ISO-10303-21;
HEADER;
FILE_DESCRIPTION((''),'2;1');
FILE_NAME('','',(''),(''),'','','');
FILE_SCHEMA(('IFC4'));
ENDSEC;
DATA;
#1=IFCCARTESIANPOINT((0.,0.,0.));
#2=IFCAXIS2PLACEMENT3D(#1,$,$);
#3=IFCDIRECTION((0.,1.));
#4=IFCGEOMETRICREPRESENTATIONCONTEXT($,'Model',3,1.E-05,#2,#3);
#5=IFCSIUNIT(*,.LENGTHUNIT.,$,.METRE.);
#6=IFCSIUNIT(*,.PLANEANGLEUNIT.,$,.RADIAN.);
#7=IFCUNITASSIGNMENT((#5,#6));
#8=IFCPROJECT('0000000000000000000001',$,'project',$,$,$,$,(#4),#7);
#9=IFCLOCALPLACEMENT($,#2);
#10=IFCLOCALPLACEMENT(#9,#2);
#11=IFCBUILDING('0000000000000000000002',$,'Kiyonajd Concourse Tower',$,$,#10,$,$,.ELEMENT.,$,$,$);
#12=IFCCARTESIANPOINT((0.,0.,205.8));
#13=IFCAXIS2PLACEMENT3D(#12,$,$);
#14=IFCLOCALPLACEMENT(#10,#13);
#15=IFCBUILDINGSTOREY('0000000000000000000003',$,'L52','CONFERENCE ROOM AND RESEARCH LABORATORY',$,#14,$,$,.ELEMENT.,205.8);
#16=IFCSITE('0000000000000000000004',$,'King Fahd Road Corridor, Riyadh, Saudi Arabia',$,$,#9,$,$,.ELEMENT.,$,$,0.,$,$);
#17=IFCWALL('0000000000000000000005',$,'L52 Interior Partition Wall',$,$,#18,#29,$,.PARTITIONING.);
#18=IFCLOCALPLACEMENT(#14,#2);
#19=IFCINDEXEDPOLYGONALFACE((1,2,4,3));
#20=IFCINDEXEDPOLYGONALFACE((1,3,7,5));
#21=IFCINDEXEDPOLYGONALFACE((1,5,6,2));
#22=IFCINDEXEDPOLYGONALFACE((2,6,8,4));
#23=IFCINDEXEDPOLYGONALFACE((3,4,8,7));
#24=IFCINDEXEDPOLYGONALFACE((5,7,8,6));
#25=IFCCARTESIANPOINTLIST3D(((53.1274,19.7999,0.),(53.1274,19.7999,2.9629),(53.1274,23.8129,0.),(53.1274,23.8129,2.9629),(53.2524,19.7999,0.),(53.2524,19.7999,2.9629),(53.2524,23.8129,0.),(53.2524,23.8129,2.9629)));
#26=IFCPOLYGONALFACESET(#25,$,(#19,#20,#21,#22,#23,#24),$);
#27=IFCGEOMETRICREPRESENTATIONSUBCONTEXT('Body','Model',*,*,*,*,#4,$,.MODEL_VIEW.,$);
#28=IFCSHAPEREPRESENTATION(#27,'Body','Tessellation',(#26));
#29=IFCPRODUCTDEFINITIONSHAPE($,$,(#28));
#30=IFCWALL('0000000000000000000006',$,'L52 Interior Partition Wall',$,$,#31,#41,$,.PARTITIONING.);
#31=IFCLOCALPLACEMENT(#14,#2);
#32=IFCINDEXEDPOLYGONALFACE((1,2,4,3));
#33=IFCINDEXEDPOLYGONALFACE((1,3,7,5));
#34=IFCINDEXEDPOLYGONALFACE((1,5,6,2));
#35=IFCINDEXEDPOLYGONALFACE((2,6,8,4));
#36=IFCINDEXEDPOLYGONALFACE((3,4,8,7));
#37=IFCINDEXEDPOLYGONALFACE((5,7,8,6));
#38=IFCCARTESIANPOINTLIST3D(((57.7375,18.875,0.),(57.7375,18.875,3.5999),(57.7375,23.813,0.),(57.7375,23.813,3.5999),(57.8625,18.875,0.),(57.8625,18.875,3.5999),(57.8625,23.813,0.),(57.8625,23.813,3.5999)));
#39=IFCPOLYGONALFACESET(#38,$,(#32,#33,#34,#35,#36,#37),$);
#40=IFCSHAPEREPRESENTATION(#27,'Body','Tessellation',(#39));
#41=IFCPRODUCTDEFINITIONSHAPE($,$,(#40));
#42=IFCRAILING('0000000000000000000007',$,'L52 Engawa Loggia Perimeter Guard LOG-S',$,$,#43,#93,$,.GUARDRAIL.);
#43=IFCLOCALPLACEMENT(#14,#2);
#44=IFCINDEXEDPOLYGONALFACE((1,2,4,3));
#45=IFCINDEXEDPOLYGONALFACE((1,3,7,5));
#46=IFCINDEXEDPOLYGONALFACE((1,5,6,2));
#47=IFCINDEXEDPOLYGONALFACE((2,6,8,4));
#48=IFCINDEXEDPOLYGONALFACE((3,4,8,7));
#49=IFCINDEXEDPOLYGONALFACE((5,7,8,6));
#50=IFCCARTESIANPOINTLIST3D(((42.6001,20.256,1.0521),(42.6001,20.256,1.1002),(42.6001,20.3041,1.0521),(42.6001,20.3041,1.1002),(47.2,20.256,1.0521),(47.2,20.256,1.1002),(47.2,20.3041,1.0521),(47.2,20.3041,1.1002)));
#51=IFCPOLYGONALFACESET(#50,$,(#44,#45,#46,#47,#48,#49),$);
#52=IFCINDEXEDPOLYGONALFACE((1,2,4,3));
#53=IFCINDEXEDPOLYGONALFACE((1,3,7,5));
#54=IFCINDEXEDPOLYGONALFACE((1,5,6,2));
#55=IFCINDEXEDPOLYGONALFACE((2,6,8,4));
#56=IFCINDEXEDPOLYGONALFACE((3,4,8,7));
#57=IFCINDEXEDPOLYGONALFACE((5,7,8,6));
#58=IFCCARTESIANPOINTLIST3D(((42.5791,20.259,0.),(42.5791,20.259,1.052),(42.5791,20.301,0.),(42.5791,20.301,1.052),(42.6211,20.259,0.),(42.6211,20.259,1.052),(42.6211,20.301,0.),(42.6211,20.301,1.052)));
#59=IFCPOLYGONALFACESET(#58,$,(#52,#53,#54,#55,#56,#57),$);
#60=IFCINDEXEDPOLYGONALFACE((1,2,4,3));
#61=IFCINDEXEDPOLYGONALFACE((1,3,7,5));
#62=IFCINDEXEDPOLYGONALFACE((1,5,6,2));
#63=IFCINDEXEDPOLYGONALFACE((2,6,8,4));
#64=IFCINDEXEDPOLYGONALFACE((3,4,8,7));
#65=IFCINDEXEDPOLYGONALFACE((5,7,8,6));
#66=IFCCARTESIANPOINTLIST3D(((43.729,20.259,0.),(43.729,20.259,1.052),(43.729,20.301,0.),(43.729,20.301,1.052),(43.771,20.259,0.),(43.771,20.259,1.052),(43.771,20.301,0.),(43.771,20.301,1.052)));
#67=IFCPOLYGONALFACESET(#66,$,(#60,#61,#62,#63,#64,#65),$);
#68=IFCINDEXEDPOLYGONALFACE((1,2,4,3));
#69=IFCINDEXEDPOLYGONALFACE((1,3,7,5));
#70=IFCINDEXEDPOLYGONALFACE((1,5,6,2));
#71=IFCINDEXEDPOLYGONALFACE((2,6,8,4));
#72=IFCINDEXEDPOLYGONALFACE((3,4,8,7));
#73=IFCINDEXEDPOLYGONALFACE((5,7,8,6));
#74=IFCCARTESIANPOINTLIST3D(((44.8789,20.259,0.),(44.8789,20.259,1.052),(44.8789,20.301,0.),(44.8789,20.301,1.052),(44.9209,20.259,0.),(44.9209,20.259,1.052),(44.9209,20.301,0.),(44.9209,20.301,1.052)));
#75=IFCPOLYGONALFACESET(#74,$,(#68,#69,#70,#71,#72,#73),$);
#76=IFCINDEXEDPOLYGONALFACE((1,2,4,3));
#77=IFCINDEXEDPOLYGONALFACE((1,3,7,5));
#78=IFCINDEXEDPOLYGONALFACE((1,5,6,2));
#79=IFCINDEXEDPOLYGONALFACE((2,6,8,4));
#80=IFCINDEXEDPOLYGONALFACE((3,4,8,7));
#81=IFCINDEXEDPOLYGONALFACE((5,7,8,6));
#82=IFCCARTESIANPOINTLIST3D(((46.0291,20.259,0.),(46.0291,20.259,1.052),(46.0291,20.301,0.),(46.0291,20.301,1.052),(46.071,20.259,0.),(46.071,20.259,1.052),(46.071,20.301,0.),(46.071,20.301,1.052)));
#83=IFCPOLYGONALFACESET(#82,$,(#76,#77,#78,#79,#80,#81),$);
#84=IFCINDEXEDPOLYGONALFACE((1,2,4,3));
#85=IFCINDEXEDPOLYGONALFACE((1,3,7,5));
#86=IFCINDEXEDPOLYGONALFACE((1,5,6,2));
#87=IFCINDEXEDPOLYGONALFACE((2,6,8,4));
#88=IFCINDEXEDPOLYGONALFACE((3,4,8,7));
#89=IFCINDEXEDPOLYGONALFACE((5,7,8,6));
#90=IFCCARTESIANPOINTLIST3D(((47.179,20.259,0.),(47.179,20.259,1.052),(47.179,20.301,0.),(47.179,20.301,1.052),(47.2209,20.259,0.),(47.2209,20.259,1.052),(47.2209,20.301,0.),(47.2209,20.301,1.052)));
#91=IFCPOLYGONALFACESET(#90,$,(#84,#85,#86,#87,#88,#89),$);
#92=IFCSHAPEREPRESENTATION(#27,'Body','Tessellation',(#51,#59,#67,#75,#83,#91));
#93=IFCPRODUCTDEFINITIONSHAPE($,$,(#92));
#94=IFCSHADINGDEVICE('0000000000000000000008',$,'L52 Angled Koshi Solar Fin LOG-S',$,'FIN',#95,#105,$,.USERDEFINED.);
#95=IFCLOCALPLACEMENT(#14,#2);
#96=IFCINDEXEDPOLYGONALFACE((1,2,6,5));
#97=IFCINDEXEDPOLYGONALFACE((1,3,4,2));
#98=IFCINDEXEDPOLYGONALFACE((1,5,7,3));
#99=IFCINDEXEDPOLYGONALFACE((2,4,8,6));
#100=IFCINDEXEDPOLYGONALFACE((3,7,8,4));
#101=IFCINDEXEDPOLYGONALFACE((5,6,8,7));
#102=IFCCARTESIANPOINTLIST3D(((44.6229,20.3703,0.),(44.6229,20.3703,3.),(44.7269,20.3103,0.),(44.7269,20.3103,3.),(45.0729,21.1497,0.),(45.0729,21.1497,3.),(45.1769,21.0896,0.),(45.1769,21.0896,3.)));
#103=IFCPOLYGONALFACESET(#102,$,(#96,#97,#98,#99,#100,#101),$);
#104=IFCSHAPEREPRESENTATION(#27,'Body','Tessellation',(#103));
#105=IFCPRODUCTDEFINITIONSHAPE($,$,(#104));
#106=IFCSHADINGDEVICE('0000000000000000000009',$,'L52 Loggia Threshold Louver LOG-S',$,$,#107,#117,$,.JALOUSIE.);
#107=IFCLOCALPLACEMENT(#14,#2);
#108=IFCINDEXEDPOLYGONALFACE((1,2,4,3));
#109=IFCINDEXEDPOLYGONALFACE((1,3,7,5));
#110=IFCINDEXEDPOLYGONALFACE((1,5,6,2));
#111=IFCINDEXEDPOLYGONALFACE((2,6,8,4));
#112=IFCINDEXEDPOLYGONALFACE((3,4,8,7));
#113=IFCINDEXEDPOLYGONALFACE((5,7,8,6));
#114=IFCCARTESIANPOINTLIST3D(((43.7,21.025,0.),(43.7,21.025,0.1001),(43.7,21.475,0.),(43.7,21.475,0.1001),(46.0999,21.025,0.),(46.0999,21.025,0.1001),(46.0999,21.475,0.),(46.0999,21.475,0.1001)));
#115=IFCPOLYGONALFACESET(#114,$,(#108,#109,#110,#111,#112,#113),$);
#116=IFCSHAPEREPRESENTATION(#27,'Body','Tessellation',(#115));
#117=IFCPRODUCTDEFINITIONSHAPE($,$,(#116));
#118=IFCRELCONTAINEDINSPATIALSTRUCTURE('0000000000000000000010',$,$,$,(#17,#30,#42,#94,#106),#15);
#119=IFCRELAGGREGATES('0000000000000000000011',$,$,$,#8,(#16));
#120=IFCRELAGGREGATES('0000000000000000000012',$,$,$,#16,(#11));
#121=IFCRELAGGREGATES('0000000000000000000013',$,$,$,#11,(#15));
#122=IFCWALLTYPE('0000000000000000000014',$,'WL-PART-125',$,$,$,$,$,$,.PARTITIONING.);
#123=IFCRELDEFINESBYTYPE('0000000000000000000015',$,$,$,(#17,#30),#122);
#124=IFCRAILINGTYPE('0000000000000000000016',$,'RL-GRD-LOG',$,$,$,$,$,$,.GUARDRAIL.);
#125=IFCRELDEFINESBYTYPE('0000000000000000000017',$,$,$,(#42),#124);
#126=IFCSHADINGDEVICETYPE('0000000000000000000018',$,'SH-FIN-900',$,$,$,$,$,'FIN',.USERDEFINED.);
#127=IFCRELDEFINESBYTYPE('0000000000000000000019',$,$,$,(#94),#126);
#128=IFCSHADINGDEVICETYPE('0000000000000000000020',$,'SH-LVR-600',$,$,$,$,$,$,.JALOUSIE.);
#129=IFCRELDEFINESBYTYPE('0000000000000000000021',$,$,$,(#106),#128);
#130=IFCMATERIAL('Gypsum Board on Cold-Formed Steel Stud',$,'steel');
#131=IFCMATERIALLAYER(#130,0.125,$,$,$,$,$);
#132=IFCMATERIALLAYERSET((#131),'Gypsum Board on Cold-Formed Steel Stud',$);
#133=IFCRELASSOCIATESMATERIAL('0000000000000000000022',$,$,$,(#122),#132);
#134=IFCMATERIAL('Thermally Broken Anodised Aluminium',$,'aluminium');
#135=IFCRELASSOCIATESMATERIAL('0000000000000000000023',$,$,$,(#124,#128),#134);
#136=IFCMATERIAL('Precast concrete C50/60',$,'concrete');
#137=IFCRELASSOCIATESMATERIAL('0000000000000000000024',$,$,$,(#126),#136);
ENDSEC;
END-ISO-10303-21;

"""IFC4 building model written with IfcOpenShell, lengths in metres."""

from ifc_helpers import new_model, si_unit, direction, frame, frame_2d, origin, origin_2d, place, context, subcontext, project, spatial, rectangle, extrude, material, layer, layer_set, type_object, element, save


model = new_model("IFC4")

# Units and contexts
model_context = context("Model", 3, precision=1e-05, world=origin(), true_north=direction((0.0, 1.0)))
body_context = subcontext(model_context, "Body", "Model", "MODEL_VIEW")
ifc_project = project(units=[si_unit("LENGTHUNIT", "METRE"), si_unit("PLANEANGLEUNIT", "RADIAN")], contexts=[model_context])

# Site, building, storey
site_placement = place(None, origin())
site = spatial("IfcSite", under=ifc_project, at=site_placement, Name="King Fahd Road Corridor, Riyadh, Saudi Arabia", CompositionType="ELEMENT", RefElevation=0.0)
building_placement = place(site_placement, origin())
building = spatial("IfcBuilding", under=site, at=building_placement, Name="Kiyonajd Concourse Tower", CompositionType="ELEMENT")
storey_placement = place(building_placement, frame((0.0, 0.0, 205.8)))
storey = spatial("IfcBuildingStorey", under=building, at=storey_placement, Name="L52", Description="CONFERENCE ROOM AND RESEARCH LABORATORY", CompositionType="ELEMENT", Elevation=205.8)

# Shared definitions
ifc_material_1 = material(Name="Thermally Broken Anodised Aluminium", Category="aluminium")

# Shared definitions
ifc_material_2 = material(Name="Precast concrete C50/60", Category="concrete")

# Walls
ifc_material_3 = material(Name="Gypsum Board on Cold-Formed Steel Stud", Category="steel")
ifc_layer_1 = layer(ifc_material_3, 0.125)
ifc_layer_set_1 = layer_set([ifc_layer_1], Name="Gypsum Board on Cold-Formed Steel Stud")
wall_type_1 = type_object("IfcWallType", Name="WL-PART-125", PredefinedType="PARTITIONING", material=ifc_layer_set_1)
wall_1_placement = place(storey_placement, frame((53.1899, 19.8, 0.0), z_axis=(0.0, 0.0, 1.0), x_axis=(0.0, 1.0, 0.0)))
element("IfcWall", 1, at=wall_1_placement, inside=storey, type_object=wall_type_1, Name="L52 Interior Partition Wall", PredefinedType="PARTITIONING", context=body_context, shape_type="SweptSolid", body=[
    extrude(rectangle(XDim=4.0129, YDim=0.125, at=frame_2d((2.0063, 0.0))), origin(), (0.0, 0.0, 1.0), 2.9629),
])
wall_2_placement = place(storey_placement, frame((57.8, 18.875, 0.0), z_axis=(0.0, 0.0, 1.0), x_axis=(0.0, 1.0, 0.0)))
element("IfcWall", 2, at=wall_2_placement, inside=storey, type_object=wall_type_1, Name="L52 Interior Partition Wall", PredefinedType="PARTITIONING", context=body_context, shape_type="SweptSolid", body=[
    extrude(rectangle(XDim=4.938, YDim=0.125, at=frame_2d((2.469, 0.0))), origin(), (0.0, 0.0, 1.0), 3.5999),
])

# Railing
railing_type = type_object("IfcRailingType", Name="RL-GRD-LOG", PredefinedType="GUARDRAIL", material=ifc_material_1)
railing_placement = place(storey_placement, frame((42.6001, 20.28, 0.0)))
element("IfcRailing", 3, at=railing_placement, inside=storey, type_object=railing_type, Name="L52 Engawa Loggia Perimeter Guard LOG-S", PredefinedType="GUARDRAIL", context=body_context, shape_type="SweptSolid", body=[
    extrude(rectangle(XDim=0.0481, YDim=0.0481, at=origin_2d()), frame((0.0, 0.0, 1.0762), z_axis=(1.0, 0.0, 0.0), x_axis=(0.0, 1.0, 0.0)), (0.0, 0.0, 1.0), 4.5999),
    extrude(rectangle(XDim=0.042, YDim=0.042, at=origin_2d()), origin(), (0.0, 0.0, 1.0), 1.052),
    extrude(rectangle(XDim=0.042, YDim=0.042, at=origin_2d()), frame((1.1499, 0.0, 0.0)), (0.0, 0.0, 1.0), 1.052),
    extrude(rectangle(XDim=0.042, YDim=0.042, at=origin_2d()), frame((2.2998, 0.0, 0.0)), (0.0, 0.0, 1.0), 1.052),
    extrude(rectangle(XDim=0.042, YDim=0.042, at=origin_2d()), frame((3.45, 0.0, 0.0)), (0.0, 0.0, 1.0), 1.052),
    extrude(rectangle(XDim=0.042, YDim=0.042, at=origin_2d()), frame((4.5999, 0.0, 0.0)), (0.0, 0.0, 1.0), 1.052),
])

# Shading devices
shading_device_type_1 = type_object("IfcShadingDeviceType", Name="SH-FIN-900", ElementType="FIN", PredefinedType="USERDEFINED", material=ifc_material_2)
shading_device_1_placement = place(storey_placement, frame((44.8999, 20.73, 0.0), z_axis=(0.0, 0.0, 1.0), x_axis=(0.5, 0.866025, 0.0)))
element("IfcShadingDevice", 4, at=shading_device_1_placement, inside=storey, type_object=shading_device_type_1, Name="L52 Angled Koshi Solar Fin LOG-S", ObjectType="FIN", PredefinedType="USERDEFINED", context=body_context, shape_type="SweptSolid", body=[
    extrude(rectangle(XDim=0.8999, YDim=0.1201, at=origin_2d()), origin(), (0.0, 0.0, 1.0), 3.0),
])
shading_device_type_2 = type_object("IfcShadingDeviceType", Name="SH-LVR-600", PredefinedType="JALOUSIE", material=ifc_material_1)
shading_device_2_placement = place(storey_placement, frame((44.8999, 21.25, 0.0), z_axis=(0.0, 0.0, 1.0), x_axis=(1.0, 0.0, 0.0)))
element("IfcShadingDevice", 5, at=shading_device_2_placement, inside=storey, type_object=shading_device_type_2, Name="L52 Loggia Threshold Louver LOG-S", PredefinedType="JALOUSIE", context=body_context, shape_type="SweptSolid", body=[
    extrude(rectangle(XDim=2.3999, YDim=0.45, at=origin_2d()), origin(), (0.0, 0.0, 1.0), 0.1001),
])

save(model, "model.ifc")
